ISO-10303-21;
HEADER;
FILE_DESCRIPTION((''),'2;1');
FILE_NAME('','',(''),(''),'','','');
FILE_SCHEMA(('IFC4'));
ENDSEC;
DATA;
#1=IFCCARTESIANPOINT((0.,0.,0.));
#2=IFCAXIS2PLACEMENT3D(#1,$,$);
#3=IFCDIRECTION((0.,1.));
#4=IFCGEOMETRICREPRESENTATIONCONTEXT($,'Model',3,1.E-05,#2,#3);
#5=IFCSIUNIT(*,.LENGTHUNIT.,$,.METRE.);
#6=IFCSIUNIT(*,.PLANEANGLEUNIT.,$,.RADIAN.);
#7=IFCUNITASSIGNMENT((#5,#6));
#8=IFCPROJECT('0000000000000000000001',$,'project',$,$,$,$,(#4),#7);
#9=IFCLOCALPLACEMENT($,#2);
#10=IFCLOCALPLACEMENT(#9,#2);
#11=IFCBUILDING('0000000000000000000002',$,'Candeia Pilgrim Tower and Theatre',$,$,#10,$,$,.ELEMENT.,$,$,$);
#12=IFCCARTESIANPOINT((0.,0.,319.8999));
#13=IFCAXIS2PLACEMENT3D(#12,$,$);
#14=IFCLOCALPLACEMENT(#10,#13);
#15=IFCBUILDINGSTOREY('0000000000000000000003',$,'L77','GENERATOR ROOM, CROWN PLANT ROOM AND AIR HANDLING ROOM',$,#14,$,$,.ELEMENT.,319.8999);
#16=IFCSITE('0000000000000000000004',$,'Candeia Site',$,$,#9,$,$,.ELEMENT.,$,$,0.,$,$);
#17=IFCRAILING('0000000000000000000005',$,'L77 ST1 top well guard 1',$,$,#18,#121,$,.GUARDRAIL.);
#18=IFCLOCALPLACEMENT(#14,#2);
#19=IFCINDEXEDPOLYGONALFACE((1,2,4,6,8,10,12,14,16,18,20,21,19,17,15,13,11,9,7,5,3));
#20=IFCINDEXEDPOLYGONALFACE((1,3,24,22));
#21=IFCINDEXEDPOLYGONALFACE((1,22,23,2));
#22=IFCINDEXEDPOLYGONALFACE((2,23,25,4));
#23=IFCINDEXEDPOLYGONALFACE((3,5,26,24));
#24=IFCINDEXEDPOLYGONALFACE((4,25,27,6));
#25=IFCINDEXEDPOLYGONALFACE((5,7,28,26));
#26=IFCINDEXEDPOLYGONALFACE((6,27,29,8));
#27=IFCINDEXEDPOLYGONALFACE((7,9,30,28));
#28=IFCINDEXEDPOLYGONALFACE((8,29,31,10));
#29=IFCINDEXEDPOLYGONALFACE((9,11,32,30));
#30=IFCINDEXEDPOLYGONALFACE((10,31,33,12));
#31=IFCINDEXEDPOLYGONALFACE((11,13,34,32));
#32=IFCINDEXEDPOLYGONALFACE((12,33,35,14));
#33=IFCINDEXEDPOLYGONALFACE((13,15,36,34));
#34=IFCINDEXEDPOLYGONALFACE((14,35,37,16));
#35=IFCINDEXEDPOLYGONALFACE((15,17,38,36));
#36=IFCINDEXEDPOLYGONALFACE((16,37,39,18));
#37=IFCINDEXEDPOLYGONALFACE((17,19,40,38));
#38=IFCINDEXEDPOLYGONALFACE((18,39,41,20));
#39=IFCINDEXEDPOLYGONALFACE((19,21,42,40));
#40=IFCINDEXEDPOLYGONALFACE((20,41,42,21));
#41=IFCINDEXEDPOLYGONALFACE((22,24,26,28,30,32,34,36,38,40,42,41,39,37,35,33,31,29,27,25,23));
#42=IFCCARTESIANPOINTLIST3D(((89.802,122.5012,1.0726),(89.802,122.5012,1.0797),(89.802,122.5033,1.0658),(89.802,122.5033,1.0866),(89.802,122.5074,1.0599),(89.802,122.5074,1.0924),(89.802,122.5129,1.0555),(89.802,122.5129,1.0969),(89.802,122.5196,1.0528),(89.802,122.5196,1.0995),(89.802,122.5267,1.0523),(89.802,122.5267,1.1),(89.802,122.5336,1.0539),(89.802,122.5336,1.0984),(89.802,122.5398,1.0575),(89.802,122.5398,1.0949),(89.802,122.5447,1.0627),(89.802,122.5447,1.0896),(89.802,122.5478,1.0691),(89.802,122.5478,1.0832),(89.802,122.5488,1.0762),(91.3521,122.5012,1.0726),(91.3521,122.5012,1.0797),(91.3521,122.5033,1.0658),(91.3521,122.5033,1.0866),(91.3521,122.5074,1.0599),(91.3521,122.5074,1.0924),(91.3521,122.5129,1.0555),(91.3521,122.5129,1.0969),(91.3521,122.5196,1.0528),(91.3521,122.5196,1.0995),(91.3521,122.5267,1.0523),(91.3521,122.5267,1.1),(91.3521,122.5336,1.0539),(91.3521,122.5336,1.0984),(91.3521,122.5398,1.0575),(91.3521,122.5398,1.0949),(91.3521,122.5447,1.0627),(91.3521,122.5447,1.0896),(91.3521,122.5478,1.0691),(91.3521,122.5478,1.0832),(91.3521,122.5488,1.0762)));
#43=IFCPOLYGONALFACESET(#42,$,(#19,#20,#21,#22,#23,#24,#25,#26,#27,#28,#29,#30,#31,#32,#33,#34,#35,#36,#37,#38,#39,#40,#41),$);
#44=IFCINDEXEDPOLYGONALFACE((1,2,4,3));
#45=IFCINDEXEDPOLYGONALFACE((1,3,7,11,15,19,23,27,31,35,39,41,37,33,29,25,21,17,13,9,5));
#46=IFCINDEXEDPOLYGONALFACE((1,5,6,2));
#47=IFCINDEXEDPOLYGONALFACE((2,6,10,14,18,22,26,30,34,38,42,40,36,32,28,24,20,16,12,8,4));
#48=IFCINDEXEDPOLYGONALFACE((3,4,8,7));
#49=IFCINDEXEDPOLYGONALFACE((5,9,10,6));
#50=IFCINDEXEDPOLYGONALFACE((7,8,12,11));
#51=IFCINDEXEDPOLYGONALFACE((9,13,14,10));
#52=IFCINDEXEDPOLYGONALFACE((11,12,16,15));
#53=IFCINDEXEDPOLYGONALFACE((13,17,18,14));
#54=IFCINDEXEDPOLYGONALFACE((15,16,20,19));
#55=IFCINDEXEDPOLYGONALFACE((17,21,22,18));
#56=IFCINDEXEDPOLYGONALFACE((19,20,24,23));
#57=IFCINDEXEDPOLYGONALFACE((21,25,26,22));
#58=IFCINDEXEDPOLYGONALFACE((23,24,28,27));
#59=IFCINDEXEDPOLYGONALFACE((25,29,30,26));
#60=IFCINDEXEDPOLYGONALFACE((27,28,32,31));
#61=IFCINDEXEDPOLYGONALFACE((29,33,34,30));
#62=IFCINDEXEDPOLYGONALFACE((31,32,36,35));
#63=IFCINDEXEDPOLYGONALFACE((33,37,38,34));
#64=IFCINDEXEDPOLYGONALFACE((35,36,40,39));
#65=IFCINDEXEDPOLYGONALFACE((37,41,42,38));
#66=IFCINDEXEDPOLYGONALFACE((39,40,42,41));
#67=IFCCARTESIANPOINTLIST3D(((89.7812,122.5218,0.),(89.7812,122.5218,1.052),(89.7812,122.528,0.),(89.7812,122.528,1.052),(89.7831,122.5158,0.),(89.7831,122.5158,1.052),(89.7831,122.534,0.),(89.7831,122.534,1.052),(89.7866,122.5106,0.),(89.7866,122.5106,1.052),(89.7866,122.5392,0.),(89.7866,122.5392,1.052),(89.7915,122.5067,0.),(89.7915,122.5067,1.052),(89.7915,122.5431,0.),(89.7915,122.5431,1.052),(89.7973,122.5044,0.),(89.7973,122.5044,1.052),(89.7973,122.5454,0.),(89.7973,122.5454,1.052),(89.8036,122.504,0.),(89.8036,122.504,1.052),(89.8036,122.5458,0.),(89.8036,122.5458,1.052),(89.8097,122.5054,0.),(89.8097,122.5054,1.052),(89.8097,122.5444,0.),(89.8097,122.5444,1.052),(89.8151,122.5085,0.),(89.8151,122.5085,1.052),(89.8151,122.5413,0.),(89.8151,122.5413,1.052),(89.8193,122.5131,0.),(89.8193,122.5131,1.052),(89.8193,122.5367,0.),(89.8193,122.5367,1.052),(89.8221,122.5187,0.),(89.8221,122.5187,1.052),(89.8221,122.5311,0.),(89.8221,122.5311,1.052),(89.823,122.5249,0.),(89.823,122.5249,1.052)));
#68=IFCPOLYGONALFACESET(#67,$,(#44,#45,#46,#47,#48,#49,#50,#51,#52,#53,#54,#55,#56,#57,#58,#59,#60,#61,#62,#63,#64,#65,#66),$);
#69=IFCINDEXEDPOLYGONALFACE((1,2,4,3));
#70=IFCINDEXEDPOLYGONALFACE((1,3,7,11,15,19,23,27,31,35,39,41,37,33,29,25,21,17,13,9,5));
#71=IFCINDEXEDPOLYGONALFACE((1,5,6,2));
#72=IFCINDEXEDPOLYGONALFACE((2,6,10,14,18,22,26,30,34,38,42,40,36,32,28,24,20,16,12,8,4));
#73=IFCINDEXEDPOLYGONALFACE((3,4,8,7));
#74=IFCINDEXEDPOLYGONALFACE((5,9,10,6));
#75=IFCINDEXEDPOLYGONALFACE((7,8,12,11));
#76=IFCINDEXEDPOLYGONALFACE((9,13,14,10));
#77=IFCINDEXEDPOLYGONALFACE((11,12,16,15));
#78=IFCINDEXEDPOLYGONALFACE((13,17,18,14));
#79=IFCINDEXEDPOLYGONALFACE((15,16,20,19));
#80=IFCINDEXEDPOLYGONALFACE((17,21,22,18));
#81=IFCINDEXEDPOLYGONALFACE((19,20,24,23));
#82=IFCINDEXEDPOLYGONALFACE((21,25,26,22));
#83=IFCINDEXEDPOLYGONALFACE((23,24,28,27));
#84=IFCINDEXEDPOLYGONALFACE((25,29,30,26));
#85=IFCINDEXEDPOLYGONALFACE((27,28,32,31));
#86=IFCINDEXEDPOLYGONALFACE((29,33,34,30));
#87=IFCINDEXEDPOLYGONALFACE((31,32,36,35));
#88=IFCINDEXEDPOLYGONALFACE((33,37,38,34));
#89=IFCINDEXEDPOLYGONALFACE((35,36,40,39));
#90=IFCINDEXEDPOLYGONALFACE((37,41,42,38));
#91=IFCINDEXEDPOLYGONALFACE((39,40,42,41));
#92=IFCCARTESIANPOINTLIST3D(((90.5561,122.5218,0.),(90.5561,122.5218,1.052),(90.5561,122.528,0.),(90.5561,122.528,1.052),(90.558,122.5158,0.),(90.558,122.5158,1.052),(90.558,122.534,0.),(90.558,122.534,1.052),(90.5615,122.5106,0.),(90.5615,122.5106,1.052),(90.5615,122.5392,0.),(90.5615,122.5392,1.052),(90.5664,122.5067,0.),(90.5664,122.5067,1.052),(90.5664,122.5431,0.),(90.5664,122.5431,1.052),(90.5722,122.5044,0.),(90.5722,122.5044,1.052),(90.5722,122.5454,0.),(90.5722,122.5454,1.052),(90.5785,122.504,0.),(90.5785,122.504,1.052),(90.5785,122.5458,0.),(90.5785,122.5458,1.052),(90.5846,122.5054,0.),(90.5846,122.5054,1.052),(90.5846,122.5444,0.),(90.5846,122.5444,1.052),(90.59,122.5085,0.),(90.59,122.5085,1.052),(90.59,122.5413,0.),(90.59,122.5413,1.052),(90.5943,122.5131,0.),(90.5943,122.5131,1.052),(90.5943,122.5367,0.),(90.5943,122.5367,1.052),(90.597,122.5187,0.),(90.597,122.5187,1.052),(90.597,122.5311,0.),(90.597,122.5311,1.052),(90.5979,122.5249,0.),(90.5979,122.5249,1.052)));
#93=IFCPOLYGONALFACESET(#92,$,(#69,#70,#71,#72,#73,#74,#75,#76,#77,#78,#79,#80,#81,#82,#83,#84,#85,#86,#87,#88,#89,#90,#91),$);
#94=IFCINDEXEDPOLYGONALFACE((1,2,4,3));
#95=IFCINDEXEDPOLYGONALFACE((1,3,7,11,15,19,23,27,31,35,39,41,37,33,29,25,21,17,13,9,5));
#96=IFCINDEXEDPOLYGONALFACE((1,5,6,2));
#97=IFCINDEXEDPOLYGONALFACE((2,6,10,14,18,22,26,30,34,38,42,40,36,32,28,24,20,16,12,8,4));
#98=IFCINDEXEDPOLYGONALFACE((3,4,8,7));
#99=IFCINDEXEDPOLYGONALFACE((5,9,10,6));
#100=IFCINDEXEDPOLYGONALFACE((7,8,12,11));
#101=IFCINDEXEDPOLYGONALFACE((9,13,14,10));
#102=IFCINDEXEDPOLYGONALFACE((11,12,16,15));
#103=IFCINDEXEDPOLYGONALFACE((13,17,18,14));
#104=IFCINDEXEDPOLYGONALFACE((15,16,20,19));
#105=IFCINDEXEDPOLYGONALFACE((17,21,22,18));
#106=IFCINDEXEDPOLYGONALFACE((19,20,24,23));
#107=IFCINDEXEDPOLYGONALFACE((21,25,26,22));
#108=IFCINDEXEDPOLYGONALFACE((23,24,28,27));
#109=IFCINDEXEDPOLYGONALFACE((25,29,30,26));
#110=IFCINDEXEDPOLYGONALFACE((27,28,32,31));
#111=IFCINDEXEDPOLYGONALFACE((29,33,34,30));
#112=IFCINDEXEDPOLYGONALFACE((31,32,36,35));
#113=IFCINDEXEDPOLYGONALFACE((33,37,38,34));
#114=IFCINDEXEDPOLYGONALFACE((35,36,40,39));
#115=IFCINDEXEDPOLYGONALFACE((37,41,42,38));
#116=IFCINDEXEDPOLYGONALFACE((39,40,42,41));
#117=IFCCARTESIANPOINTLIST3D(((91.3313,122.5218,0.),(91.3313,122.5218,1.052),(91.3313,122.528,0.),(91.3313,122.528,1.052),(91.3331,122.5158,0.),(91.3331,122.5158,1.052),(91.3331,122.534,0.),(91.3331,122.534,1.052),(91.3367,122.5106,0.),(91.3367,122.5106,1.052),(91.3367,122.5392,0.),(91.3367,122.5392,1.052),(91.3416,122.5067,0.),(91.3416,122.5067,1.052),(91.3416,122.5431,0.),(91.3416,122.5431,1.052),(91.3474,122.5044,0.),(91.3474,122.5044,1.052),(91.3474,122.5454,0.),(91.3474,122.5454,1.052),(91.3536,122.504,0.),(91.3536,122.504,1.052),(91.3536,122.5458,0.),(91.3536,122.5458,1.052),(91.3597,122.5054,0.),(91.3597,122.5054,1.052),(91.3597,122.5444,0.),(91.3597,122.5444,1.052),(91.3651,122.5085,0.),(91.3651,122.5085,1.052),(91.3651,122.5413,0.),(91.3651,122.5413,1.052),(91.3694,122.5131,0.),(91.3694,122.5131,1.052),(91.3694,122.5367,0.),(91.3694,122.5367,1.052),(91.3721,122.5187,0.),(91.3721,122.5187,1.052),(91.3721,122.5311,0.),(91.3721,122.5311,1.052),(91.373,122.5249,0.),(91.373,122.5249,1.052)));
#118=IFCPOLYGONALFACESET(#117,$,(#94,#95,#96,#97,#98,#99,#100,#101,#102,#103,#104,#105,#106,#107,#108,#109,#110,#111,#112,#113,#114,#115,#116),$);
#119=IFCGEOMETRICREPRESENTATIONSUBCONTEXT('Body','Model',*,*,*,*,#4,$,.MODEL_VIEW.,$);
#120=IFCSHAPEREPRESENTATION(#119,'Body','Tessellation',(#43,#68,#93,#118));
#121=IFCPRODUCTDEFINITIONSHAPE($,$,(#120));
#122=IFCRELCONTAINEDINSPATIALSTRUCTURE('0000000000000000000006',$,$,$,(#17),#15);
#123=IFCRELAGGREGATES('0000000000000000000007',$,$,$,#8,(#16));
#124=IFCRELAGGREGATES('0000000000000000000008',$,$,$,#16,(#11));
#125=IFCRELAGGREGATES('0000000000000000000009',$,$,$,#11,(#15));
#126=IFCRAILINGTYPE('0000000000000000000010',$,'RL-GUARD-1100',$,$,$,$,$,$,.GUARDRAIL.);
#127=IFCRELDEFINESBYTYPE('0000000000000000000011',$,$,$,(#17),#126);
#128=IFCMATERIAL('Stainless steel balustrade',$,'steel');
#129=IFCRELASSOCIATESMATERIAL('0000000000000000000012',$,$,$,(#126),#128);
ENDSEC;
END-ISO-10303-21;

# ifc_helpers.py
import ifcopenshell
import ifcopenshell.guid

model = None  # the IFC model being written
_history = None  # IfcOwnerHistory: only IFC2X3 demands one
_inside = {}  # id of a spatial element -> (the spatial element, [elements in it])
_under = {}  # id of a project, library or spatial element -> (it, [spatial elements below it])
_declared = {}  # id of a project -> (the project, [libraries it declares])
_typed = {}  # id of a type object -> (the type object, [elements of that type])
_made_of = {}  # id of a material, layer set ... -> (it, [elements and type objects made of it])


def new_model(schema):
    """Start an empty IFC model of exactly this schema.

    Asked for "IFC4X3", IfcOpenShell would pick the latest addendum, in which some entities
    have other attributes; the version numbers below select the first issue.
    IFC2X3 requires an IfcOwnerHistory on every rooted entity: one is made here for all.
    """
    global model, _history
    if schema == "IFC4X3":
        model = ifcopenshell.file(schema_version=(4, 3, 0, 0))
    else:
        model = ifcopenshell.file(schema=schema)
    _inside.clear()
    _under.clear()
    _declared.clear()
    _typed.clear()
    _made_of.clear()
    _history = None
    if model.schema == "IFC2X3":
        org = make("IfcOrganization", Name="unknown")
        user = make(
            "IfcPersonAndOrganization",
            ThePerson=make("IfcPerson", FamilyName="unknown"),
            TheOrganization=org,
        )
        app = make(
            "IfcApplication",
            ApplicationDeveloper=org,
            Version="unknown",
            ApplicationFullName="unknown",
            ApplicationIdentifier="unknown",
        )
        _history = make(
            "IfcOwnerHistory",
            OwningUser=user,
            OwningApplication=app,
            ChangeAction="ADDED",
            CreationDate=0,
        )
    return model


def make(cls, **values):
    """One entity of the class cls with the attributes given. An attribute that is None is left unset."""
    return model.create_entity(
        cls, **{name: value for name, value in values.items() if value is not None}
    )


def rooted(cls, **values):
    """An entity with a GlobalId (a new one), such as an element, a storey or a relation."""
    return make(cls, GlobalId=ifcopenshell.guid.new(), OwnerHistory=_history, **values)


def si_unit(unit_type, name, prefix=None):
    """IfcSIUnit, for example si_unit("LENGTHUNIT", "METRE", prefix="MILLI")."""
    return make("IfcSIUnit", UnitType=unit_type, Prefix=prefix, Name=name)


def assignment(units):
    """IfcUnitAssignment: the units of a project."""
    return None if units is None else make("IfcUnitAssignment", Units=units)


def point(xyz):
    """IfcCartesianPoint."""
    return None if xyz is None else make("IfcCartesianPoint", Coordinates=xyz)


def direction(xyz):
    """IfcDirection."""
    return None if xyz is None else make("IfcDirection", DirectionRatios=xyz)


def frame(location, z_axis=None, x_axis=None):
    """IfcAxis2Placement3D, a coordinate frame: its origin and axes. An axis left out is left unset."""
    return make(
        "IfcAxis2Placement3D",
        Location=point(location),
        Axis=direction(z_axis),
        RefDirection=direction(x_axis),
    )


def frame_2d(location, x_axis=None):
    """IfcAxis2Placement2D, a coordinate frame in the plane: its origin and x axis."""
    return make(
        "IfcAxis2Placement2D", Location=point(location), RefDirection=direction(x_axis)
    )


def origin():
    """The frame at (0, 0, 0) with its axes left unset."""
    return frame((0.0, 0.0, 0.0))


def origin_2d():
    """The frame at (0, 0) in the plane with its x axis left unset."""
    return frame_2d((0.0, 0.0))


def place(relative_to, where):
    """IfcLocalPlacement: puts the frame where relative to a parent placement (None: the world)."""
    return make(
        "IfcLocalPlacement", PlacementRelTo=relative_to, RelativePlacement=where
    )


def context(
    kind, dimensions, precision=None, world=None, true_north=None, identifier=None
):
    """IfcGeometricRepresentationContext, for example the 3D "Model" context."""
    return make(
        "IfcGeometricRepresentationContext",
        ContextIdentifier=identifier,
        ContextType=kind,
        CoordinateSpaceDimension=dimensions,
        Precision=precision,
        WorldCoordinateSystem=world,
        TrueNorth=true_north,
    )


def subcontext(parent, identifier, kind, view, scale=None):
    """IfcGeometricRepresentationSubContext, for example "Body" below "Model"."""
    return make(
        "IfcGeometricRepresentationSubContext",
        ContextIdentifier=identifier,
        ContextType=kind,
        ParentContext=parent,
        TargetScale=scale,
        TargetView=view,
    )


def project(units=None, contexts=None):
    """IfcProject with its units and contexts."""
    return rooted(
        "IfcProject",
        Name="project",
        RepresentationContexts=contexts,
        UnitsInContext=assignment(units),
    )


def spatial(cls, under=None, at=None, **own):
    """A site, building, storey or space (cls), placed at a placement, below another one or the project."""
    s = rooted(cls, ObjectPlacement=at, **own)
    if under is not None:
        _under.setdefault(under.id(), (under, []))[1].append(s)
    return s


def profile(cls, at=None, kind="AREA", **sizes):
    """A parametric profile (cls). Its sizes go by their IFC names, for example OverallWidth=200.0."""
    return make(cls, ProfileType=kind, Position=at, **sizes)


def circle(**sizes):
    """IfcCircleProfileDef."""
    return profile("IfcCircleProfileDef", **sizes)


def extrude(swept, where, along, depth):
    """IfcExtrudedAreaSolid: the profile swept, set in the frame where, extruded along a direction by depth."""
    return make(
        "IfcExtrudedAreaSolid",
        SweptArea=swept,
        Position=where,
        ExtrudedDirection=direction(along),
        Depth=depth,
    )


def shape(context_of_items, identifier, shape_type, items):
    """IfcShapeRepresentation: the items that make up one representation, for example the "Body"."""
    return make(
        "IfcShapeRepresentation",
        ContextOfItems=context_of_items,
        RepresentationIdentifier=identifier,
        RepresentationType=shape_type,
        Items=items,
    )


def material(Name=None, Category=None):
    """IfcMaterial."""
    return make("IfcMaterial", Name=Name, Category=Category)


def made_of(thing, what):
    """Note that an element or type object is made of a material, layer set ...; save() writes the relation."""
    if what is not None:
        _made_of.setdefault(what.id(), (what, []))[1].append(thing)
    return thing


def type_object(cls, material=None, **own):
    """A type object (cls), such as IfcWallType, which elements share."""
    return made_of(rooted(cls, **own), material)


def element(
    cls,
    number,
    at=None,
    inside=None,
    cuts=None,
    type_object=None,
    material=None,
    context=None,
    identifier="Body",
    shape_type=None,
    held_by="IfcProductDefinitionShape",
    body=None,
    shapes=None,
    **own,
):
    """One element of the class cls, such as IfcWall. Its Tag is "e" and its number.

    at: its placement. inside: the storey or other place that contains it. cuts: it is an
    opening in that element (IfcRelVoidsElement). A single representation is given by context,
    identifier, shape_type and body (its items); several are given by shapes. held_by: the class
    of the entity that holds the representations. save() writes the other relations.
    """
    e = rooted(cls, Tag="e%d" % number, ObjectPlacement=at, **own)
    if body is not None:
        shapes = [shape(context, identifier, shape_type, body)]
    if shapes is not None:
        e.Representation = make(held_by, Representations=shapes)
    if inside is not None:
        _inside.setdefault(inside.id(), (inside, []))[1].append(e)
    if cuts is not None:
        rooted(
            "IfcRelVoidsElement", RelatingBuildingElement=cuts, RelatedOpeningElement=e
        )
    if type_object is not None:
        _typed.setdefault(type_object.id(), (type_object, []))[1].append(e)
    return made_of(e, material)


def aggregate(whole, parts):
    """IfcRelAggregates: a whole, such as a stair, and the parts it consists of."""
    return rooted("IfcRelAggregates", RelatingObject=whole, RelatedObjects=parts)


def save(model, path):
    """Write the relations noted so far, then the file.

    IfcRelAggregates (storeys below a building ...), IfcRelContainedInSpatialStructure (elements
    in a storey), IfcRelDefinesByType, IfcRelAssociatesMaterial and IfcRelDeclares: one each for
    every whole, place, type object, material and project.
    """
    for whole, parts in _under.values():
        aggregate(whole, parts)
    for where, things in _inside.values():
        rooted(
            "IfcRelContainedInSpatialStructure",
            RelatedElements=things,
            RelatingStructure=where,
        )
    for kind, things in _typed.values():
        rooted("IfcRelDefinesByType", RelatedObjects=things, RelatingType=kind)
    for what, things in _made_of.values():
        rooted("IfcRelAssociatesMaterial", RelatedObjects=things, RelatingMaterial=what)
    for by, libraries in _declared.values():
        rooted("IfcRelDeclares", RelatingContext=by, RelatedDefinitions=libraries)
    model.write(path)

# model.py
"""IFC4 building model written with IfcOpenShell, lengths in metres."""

from ifc_helpers import new_model, si_unit, direction, frame, origin, origin_2d, place, context, subcontext, project, spatial, circle, extrude, material, type_object, element, save


model = new_model("IFC4")

# Units and contexts
model_context = context("Model", 3, precision=1e-05, world=origin(), true_north=direction((0.0, 1.0)))
body_context = subcontext(model_context, "Body", "Model", "MODEL_VIEW")
ifc_project = project(units=[si_unit("LENGTHUNIT", "METRE"), si_unit("PLANEANGLEUNIT", "RADIAN")], contexts=[model_context])

# Site, building, storey
site_placement = place(None, origin())
site = spatial("IfcSite", under=ifc_project, at=site_placement, Name="Candeia Site", CompositionType="ELEMENT", RefElevation=0.0)
building_placement = place(site_placement, origin())
building = spatial("IfcBuilding", under=site, at=building_placement, Name="Candeia Pilgrim Tower and Theatre", CompositionType="ELEMENT")
storey_placement = place(building_placement, frame((0.0, 0.0, 319.8999)))
storey = spatial("IfcBuildingStorey", under=building, at=storey_placement, Name="L77", Description="GENERATOR ROOM, CROWN PLANT ROOM AND AIR HANDLING ROOM", CompositionType="ELEMENT", Elevation=319.8999)

# Railing
ifc_material_1 = material(Name="Stainless steel balustrade", Category="steel")
railing_type = type_object("IfcRailingType", Name="RL-GUARD-1100", PredefinedType="GUARDRAIL", material=ifc_material_1)
railing_placement = place(storey_placement, frame((89.802, 122.5249, 0.0)))
element("IfcRailing", 1, at=railing_placement, inside=storey, type_object=railing_type, Name="L77 ST1 top well guard 1", PredefinedType="GUARDRAIL", context=body_context, shape_type="SweptSolid", body=[
    extrude(circle(Radius=0.0239, at=origin_2d()), frame((0.0, 0.0, 1.0762), z_axis=(1.0, 0.0, 0.0), x_axis=(0.0, 1.0, 0.0)), (0.0, 0.0, 1.0), 1.55),
    extrude(circle(Radius=0.021, at=origin_2d()), origin(), (0.0, 0.0, 1.0), 1.052),
    extrude(circle(Radius=0.021, at=origin_2d()), frame((0.7749, 0.0, 0.0)), (0.0, 0.0, 1.0), 1.052),
    extrude(circle(Radius=0.021, at=origin_2d()), frame((1.55, 0.0, 0.0)), (0.0, 0.0, 1.0), 1.052),
])

save(model, "model.ifc")
